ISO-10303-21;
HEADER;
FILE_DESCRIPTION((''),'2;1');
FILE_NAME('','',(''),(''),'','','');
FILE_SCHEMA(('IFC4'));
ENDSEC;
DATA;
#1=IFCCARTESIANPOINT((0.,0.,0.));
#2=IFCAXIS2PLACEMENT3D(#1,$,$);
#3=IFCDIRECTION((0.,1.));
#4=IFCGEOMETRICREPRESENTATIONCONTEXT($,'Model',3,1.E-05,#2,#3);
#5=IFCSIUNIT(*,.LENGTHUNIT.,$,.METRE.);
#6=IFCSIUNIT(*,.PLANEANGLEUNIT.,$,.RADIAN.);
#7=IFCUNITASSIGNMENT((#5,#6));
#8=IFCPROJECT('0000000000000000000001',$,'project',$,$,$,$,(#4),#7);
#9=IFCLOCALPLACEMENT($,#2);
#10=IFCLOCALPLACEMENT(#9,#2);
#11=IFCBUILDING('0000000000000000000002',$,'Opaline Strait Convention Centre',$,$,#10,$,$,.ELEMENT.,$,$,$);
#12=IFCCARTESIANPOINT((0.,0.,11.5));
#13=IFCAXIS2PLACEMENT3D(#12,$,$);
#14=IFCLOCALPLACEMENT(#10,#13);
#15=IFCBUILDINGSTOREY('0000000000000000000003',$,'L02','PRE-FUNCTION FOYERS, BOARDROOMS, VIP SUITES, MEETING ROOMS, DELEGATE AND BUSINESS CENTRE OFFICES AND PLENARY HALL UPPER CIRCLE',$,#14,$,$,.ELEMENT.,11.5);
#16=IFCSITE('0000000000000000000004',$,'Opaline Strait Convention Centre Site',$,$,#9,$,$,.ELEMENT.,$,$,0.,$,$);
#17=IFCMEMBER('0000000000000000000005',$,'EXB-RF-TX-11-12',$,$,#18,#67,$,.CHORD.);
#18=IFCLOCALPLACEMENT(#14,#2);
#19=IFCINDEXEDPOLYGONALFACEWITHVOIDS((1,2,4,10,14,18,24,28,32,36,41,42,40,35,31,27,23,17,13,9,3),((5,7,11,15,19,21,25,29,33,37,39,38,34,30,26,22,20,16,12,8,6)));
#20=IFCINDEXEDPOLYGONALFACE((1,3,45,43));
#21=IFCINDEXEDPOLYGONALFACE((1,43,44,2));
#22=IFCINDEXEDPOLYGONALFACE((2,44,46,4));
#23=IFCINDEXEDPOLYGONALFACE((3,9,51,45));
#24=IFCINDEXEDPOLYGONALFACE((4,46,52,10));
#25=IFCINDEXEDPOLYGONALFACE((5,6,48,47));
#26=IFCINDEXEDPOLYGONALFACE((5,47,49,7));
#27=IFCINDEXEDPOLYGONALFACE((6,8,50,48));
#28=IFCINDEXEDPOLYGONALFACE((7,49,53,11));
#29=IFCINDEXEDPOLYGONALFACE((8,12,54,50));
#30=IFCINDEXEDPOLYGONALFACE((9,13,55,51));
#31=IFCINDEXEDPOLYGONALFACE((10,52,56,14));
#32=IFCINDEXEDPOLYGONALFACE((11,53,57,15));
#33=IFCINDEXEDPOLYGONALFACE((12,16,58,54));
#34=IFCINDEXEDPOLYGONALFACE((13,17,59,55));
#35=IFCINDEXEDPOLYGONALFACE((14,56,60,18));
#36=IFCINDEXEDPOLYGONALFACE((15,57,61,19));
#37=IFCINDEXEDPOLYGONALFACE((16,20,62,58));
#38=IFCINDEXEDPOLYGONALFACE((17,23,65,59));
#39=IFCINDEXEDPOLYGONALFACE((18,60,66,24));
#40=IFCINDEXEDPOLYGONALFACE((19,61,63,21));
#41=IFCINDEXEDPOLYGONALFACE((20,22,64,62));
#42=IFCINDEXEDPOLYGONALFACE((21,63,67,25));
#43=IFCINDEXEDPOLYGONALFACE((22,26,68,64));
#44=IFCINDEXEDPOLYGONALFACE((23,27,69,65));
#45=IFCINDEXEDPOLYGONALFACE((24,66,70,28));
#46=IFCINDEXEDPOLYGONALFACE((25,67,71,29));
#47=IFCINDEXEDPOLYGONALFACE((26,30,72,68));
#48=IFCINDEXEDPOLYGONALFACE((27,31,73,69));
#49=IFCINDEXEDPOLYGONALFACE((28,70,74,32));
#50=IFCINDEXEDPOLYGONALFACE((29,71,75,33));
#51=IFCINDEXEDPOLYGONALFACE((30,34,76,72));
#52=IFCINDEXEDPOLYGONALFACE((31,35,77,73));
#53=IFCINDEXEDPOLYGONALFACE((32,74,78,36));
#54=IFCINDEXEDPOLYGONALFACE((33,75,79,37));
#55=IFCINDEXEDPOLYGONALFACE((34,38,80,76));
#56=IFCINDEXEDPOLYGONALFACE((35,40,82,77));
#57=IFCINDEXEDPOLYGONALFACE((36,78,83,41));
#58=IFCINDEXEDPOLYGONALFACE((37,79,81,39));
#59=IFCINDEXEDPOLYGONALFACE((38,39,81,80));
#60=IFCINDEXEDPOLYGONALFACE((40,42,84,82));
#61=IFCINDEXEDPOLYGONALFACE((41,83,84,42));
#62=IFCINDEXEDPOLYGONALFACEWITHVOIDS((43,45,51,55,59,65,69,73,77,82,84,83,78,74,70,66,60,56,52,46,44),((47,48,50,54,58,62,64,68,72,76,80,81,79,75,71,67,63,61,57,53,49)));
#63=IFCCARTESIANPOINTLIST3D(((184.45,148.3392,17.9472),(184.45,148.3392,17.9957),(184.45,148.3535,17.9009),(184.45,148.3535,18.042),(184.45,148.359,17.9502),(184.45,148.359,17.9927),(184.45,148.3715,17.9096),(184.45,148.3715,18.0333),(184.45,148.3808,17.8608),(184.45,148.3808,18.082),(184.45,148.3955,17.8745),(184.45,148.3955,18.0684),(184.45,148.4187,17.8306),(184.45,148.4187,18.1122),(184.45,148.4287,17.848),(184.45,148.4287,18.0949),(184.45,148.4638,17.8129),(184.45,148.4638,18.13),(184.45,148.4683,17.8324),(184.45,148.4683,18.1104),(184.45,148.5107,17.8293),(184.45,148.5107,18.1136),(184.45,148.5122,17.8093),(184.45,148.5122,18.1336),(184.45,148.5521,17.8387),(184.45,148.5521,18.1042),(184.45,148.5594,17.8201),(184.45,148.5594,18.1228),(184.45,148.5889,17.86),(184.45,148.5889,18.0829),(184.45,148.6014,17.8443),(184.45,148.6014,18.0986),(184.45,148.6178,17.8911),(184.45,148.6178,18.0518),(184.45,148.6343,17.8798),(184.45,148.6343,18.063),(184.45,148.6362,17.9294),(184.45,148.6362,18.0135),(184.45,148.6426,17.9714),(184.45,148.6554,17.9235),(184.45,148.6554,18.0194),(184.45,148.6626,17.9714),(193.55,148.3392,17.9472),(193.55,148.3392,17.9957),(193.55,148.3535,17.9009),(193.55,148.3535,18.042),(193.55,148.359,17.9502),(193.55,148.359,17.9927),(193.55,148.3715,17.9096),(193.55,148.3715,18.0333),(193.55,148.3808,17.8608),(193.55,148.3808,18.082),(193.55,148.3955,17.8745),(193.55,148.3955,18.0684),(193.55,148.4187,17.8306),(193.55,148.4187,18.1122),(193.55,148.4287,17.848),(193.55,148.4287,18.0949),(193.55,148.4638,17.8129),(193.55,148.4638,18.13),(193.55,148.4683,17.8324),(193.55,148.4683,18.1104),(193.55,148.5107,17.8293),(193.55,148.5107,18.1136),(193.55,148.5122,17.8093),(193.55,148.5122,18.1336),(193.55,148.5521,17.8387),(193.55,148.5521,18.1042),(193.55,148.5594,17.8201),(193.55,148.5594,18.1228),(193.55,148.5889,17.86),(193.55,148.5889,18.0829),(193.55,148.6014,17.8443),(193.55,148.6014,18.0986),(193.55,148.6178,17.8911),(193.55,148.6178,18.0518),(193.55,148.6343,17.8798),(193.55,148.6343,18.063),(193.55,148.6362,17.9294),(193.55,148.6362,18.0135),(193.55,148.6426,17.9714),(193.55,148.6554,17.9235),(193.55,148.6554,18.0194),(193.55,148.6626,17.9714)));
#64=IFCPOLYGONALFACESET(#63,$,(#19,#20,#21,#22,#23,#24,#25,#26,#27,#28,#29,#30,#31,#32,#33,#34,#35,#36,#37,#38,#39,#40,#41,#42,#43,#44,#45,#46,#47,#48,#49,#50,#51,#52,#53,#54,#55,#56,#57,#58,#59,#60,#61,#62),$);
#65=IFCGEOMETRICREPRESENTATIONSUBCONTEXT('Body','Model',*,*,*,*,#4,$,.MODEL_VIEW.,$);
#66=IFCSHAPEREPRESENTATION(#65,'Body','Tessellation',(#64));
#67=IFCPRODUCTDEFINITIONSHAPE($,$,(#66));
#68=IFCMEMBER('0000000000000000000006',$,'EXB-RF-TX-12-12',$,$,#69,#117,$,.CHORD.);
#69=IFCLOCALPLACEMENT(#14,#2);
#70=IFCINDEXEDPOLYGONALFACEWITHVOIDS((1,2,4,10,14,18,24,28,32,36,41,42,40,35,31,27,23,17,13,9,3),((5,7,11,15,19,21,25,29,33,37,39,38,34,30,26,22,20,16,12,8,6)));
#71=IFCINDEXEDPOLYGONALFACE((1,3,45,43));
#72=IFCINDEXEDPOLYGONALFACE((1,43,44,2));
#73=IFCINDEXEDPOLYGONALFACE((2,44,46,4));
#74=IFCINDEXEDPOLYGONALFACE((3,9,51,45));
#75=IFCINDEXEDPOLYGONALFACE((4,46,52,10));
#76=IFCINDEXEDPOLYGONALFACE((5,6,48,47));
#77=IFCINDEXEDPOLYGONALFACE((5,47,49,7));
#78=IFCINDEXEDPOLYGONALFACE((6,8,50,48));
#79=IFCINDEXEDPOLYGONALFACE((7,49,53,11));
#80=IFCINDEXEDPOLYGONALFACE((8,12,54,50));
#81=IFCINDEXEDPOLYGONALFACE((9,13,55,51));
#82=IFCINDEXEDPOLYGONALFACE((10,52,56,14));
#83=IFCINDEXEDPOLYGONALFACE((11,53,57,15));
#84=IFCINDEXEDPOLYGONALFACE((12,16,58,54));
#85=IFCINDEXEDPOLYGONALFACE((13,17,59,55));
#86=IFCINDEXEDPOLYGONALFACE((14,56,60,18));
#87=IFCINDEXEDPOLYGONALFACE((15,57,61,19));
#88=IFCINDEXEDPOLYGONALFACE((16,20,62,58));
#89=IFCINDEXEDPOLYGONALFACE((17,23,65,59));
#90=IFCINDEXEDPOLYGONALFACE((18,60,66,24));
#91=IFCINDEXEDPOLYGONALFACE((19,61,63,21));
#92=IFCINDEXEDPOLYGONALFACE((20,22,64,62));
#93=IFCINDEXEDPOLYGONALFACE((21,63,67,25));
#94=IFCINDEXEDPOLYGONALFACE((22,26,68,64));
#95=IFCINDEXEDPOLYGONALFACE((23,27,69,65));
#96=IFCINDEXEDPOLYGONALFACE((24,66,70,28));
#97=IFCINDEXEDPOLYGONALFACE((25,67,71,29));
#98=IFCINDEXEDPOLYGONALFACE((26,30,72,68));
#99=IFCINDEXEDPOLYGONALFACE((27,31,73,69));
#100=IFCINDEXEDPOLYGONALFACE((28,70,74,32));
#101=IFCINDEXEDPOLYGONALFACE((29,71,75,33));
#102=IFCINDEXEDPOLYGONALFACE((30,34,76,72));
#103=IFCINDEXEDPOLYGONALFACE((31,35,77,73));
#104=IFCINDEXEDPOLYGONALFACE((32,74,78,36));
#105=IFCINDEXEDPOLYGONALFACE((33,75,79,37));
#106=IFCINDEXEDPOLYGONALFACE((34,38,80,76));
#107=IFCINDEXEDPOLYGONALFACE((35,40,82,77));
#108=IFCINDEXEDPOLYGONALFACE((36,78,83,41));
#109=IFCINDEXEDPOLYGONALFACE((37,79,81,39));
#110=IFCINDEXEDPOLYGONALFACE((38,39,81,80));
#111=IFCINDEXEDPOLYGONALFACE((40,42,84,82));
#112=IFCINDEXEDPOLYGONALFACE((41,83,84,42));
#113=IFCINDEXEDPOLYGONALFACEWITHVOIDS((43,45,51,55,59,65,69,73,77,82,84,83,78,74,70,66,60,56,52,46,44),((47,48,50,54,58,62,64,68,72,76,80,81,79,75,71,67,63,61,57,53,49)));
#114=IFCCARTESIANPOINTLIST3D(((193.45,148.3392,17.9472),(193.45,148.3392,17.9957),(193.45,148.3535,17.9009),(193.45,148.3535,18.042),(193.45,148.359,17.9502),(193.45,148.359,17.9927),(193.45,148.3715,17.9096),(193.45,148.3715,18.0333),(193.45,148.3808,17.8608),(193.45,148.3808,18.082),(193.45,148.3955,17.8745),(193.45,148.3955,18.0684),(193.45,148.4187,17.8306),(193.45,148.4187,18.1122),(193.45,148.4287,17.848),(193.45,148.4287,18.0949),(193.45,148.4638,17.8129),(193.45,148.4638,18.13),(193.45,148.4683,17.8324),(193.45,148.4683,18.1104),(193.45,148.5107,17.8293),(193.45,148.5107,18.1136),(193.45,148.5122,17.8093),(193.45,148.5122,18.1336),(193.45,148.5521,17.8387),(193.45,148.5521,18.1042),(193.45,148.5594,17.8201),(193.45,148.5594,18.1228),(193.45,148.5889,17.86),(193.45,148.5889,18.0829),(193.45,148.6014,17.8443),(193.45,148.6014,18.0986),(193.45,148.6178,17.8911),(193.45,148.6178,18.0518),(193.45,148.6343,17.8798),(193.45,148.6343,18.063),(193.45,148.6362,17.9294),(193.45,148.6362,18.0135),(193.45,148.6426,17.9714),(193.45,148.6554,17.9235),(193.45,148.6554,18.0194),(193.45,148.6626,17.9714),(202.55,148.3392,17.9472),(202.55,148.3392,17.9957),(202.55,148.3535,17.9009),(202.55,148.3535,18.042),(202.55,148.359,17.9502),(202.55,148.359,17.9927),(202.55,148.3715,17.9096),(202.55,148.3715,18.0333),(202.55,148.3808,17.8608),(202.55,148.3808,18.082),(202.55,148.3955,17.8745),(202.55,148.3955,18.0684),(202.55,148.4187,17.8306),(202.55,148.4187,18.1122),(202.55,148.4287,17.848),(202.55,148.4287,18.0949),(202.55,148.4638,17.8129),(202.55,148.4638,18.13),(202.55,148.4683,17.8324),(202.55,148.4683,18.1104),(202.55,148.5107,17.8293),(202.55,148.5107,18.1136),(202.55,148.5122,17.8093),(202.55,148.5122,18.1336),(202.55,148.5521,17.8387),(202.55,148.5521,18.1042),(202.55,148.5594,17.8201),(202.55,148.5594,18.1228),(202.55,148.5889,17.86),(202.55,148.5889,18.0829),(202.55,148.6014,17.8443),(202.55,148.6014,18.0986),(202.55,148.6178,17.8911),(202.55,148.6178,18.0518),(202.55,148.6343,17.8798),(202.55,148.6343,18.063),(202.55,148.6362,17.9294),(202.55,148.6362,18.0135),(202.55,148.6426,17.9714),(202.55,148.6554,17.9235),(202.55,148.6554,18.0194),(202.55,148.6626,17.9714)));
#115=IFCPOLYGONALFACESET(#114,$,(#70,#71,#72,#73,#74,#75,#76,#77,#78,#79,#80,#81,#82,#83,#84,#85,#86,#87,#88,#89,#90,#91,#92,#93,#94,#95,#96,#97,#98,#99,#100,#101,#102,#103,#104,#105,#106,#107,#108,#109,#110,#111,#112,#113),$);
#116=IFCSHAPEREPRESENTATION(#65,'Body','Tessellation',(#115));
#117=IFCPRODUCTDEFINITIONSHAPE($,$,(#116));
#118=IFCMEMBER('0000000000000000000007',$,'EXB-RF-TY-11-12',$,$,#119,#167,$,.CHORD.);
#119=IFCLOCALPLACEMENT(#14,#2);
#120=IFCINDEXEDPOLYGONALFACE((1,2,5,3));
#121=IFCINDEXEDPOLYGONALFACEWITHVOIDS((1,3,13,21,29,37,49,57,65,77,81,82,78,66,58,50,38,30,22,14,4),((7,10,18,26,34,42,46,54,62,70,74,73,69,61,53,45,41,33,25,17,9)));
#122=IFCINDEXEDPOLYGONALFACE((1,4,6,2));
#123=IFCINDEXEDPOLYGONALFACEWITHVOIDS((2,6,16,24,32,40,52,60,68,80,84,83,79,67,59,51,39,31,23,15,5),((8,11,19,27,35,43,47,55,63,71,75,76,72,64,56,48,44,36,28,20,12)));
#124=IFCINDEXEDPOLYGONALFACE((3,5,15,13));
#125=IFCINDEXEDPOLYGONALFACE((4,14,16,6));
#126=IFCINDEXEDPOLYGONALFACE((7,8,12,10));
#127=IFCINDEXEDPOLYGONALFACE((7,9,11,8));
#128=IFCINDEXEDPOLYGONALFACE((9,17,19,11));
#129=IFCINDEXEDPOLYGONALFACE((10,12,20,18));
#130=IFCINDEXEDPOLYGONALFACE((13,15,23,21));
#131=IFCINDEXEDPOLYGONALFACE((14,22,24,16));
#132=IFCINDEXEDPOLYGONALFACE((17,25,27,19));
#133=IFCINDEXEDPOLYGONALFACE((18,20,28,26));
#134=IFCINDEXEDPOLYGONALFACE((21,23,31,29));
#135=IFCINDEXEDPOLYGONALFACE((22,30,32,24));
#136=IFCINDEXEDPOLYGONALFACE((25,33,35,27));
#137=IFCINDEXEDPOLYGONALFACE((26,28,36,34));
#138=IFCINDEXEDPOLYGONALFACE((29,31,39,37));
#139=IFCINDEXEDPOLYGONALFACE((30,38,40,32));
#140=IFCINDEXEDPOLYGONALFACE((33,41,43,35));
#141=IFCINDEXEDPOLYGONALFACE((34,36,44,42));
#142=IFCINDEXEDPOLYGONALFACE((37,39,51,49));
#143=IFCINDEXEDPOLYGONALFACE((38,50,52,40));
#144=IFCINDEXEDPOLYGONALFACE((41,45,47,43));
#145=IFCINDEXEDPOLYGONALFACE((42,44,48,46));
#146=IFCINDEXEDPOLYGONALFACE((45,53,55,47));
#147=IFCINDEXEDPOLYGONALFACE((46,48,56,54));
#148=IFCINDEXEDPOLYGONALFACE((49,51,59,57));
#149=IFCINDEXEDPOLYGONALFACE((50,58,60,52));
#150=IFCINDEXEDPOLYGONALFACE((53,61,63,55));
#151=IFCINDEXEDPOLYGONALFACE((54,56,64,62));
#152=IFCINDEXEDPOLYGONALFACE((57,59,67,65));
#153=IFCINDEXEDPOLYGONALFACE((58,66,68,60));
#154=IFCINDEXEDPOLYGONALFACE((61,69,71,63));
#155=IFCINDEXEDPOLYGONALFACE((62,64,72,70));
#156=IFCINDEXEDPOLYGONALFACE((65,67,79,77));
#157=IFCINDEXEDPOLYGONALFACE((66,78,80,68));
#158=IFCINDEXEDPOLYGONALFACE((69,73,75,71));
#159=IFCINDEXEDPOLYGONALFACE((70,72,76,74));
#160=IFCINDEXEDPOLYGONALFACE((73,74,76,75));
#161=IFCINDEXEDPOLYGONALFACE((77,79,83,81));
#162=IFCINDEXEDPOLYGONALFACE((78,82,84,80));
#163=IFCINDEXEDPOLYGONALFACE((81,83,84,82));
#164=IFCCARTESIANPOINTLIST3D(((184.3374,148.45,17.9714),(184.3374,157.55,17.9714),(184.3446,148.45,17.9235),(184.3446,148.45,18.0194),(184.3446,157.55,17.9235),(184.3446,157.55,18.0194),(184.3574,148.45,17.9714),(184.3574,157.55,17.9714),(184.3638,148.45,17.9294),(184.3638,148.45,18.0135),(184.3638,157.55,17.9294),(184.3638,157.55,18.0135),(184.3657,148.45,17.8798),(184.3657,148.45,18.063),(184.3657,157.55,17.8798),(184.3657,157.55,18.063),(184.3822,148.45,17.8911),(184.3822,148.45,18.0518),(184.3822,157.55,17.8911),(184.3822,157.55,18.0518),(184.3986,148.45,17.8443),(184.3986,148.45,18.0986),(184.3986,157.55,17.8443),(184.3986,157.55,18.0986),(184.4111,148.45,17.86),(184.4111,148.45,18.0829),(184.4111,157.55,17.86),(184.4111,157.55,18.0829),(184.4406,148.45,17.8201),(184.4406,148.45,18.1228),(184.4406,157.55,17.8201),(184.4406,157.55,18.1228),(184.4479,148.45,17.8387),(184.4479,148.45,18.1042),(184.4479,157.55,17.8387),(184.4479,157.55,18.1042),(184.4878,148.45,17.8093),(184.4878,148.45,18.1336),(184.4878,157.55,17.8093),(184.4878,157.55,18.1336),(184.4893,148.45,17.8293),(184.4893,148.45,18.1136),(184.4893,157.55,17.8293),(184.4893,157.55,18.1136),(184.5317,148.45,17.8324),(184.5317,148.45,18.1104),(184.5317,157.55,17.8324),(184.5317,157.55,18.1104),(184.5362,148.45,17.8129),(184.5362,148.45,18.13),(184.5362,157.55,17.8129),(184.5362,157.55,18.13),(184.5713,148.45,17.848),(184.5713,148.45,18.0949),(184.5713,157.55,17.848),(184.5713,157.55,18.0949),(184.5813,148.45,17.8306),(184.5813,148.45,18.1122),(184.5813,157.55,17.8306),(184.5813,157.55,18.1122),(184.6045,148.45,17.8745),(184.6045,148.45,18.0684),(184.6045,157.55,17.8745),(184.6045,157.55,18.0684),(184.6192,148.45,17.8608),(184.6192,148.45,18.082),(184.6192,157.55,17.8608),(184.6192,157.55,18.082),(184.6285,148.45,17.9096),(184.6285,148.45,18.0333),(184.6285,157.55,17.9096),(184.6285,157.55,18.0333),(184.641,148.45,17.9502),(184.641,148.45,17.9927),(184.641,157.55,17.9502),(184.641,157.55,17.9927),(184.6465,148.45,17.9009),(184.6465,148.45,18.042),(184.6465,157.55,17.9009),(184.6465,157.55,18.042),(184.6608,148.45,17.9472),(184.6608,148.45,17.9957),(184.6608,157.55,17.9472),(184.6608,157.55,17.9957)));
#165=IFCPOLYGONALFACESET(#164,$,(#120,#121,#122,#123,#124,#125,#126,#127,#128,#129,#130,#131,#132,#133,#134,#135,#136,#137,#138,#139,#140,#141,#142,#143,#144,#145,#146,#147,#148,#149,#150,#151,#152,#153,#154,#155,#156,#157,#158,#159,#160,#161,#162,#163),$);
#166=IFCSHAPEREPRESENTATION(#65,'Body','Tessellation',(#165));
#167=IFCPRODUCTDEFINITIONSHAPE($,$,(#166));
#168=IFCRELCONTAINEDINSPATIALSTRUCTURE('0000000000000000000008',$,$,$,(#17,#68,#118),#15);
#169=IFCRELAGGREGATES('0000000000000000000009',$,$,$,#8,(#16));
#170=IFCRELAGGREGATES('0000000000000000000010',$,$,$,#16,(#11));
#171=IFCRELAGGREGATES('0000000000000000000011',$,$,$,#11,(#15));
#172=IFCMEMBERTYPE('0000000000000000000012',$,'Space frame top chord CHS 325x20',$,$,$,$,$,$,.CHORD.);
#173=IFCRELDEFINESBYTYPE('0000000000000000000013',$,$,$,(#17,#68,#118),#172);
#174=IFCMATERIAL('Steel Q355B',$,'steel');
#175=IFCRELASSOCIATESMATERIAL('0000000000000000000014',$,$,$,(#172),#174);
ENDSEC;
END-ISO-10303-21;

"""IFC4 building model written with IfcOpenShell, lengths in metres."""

from ifc_helpers import new_model, si_unit, direction, frame, origin, origin_2d, place, context, subcontext, project, spatial, hollow_circle, extrude, material, material_profile, profile_set, type_object, element, save


model = new_model("IFC4")

# Units and contexts
model_context = context("Model", 3, precision=1e-05, world=origin(), true_north=direction((0.0, 1.0)))
body_context = subcontext(model_context, "Body", "Model", "MODEL_VIEW")
ifc_project = project(units=[si_unit("LENGTHUNIT", "METRE"), si_unit("PLANEANGLEUNIT", "RADIAN")], contexts=[model_context])

# Site, building, storey
site_placement = place(None, origin())
site = spatial("IfcSite", under=ifc_project, at=site_placement, Name="Opaline Strait Convention Centre Site", CompositionType="ELEMENT", RefElevation=0.0)
building_placement = place(site_placement, origin())
building = spatial("IfcBuilding", under=site, at=building_placement, Name="Opaline Strait Convention Centre", CompositionType="ELEMENT")
storey_placement = place(building_placement, frame((0.0, 0.0, 11.5)))
storey = spatial("IfcBuildingStorey", under=building, at=storey_placement, Name="L02", Description="PRE-FUNCTION FOYERS, BOARDROOMS, VIP SUITES, MEETING ROOMS, DELEGATE AND BUSINESS CENTRE OFFICES AND PLENARY HALL UPPER CIRCLE", CompositionType="ELEMENT", Elevation=11.5)

# Shared definitions
ifc_material_1 = material(Name="Steel Q355B", Category="steel")

# Members
ifc_material_profile_1 = material_profile(ifc_material_1, hollow_circle(Radius=0.1626, WallThickness=0.02, at=origin_2d()), Name="CHS 325x20")
ifc_profile_set_1 = profile_set([ifc_material_profile_1], Name="Steel Q355B")
member_type_1 = type_object("IfcMemberType", Name="Space frame top chord CHS 325x20", PredefinedType="CHORD", material=ifc_profile_set_1)
for number, where, z_axis, x_axis, name in (
    (1, (184.45, 148.5, 17.9714), (1.0, 0.0, 0.0), (0.0, 1.0, 0.0), "EXB-RF-TX-11-12"),
    (2, (193.45, 148.5, 17.9714), (1.0, 0.0, 0.0), (0.0, 1.0, 0.0), "EXB-RF-TX-12-12"),
    (3, (184.5, 148.45, 17.9714), (0.0, 1.0, 0.0), (-1.0, 0.0, 0.0), "EXB-RF-TY-11-12"),
):
    element("IfcMember", number, at=place(storey_placement, frame(where, z_axis=z_axis, x_axis=x_axis)), inside=storey, type_object=member_type_1, Name=name, PredefinedType="CHORD", context=body_context, shape_type="SweptSolid", body=[
        extrude(hollow_circle(Radius=0.1626, WallThickness=0.02, at=origin_2d()), origin(), (0.0, 0.0, 1.0), 9.1001),
    ])

save(model, "model.ifc")
